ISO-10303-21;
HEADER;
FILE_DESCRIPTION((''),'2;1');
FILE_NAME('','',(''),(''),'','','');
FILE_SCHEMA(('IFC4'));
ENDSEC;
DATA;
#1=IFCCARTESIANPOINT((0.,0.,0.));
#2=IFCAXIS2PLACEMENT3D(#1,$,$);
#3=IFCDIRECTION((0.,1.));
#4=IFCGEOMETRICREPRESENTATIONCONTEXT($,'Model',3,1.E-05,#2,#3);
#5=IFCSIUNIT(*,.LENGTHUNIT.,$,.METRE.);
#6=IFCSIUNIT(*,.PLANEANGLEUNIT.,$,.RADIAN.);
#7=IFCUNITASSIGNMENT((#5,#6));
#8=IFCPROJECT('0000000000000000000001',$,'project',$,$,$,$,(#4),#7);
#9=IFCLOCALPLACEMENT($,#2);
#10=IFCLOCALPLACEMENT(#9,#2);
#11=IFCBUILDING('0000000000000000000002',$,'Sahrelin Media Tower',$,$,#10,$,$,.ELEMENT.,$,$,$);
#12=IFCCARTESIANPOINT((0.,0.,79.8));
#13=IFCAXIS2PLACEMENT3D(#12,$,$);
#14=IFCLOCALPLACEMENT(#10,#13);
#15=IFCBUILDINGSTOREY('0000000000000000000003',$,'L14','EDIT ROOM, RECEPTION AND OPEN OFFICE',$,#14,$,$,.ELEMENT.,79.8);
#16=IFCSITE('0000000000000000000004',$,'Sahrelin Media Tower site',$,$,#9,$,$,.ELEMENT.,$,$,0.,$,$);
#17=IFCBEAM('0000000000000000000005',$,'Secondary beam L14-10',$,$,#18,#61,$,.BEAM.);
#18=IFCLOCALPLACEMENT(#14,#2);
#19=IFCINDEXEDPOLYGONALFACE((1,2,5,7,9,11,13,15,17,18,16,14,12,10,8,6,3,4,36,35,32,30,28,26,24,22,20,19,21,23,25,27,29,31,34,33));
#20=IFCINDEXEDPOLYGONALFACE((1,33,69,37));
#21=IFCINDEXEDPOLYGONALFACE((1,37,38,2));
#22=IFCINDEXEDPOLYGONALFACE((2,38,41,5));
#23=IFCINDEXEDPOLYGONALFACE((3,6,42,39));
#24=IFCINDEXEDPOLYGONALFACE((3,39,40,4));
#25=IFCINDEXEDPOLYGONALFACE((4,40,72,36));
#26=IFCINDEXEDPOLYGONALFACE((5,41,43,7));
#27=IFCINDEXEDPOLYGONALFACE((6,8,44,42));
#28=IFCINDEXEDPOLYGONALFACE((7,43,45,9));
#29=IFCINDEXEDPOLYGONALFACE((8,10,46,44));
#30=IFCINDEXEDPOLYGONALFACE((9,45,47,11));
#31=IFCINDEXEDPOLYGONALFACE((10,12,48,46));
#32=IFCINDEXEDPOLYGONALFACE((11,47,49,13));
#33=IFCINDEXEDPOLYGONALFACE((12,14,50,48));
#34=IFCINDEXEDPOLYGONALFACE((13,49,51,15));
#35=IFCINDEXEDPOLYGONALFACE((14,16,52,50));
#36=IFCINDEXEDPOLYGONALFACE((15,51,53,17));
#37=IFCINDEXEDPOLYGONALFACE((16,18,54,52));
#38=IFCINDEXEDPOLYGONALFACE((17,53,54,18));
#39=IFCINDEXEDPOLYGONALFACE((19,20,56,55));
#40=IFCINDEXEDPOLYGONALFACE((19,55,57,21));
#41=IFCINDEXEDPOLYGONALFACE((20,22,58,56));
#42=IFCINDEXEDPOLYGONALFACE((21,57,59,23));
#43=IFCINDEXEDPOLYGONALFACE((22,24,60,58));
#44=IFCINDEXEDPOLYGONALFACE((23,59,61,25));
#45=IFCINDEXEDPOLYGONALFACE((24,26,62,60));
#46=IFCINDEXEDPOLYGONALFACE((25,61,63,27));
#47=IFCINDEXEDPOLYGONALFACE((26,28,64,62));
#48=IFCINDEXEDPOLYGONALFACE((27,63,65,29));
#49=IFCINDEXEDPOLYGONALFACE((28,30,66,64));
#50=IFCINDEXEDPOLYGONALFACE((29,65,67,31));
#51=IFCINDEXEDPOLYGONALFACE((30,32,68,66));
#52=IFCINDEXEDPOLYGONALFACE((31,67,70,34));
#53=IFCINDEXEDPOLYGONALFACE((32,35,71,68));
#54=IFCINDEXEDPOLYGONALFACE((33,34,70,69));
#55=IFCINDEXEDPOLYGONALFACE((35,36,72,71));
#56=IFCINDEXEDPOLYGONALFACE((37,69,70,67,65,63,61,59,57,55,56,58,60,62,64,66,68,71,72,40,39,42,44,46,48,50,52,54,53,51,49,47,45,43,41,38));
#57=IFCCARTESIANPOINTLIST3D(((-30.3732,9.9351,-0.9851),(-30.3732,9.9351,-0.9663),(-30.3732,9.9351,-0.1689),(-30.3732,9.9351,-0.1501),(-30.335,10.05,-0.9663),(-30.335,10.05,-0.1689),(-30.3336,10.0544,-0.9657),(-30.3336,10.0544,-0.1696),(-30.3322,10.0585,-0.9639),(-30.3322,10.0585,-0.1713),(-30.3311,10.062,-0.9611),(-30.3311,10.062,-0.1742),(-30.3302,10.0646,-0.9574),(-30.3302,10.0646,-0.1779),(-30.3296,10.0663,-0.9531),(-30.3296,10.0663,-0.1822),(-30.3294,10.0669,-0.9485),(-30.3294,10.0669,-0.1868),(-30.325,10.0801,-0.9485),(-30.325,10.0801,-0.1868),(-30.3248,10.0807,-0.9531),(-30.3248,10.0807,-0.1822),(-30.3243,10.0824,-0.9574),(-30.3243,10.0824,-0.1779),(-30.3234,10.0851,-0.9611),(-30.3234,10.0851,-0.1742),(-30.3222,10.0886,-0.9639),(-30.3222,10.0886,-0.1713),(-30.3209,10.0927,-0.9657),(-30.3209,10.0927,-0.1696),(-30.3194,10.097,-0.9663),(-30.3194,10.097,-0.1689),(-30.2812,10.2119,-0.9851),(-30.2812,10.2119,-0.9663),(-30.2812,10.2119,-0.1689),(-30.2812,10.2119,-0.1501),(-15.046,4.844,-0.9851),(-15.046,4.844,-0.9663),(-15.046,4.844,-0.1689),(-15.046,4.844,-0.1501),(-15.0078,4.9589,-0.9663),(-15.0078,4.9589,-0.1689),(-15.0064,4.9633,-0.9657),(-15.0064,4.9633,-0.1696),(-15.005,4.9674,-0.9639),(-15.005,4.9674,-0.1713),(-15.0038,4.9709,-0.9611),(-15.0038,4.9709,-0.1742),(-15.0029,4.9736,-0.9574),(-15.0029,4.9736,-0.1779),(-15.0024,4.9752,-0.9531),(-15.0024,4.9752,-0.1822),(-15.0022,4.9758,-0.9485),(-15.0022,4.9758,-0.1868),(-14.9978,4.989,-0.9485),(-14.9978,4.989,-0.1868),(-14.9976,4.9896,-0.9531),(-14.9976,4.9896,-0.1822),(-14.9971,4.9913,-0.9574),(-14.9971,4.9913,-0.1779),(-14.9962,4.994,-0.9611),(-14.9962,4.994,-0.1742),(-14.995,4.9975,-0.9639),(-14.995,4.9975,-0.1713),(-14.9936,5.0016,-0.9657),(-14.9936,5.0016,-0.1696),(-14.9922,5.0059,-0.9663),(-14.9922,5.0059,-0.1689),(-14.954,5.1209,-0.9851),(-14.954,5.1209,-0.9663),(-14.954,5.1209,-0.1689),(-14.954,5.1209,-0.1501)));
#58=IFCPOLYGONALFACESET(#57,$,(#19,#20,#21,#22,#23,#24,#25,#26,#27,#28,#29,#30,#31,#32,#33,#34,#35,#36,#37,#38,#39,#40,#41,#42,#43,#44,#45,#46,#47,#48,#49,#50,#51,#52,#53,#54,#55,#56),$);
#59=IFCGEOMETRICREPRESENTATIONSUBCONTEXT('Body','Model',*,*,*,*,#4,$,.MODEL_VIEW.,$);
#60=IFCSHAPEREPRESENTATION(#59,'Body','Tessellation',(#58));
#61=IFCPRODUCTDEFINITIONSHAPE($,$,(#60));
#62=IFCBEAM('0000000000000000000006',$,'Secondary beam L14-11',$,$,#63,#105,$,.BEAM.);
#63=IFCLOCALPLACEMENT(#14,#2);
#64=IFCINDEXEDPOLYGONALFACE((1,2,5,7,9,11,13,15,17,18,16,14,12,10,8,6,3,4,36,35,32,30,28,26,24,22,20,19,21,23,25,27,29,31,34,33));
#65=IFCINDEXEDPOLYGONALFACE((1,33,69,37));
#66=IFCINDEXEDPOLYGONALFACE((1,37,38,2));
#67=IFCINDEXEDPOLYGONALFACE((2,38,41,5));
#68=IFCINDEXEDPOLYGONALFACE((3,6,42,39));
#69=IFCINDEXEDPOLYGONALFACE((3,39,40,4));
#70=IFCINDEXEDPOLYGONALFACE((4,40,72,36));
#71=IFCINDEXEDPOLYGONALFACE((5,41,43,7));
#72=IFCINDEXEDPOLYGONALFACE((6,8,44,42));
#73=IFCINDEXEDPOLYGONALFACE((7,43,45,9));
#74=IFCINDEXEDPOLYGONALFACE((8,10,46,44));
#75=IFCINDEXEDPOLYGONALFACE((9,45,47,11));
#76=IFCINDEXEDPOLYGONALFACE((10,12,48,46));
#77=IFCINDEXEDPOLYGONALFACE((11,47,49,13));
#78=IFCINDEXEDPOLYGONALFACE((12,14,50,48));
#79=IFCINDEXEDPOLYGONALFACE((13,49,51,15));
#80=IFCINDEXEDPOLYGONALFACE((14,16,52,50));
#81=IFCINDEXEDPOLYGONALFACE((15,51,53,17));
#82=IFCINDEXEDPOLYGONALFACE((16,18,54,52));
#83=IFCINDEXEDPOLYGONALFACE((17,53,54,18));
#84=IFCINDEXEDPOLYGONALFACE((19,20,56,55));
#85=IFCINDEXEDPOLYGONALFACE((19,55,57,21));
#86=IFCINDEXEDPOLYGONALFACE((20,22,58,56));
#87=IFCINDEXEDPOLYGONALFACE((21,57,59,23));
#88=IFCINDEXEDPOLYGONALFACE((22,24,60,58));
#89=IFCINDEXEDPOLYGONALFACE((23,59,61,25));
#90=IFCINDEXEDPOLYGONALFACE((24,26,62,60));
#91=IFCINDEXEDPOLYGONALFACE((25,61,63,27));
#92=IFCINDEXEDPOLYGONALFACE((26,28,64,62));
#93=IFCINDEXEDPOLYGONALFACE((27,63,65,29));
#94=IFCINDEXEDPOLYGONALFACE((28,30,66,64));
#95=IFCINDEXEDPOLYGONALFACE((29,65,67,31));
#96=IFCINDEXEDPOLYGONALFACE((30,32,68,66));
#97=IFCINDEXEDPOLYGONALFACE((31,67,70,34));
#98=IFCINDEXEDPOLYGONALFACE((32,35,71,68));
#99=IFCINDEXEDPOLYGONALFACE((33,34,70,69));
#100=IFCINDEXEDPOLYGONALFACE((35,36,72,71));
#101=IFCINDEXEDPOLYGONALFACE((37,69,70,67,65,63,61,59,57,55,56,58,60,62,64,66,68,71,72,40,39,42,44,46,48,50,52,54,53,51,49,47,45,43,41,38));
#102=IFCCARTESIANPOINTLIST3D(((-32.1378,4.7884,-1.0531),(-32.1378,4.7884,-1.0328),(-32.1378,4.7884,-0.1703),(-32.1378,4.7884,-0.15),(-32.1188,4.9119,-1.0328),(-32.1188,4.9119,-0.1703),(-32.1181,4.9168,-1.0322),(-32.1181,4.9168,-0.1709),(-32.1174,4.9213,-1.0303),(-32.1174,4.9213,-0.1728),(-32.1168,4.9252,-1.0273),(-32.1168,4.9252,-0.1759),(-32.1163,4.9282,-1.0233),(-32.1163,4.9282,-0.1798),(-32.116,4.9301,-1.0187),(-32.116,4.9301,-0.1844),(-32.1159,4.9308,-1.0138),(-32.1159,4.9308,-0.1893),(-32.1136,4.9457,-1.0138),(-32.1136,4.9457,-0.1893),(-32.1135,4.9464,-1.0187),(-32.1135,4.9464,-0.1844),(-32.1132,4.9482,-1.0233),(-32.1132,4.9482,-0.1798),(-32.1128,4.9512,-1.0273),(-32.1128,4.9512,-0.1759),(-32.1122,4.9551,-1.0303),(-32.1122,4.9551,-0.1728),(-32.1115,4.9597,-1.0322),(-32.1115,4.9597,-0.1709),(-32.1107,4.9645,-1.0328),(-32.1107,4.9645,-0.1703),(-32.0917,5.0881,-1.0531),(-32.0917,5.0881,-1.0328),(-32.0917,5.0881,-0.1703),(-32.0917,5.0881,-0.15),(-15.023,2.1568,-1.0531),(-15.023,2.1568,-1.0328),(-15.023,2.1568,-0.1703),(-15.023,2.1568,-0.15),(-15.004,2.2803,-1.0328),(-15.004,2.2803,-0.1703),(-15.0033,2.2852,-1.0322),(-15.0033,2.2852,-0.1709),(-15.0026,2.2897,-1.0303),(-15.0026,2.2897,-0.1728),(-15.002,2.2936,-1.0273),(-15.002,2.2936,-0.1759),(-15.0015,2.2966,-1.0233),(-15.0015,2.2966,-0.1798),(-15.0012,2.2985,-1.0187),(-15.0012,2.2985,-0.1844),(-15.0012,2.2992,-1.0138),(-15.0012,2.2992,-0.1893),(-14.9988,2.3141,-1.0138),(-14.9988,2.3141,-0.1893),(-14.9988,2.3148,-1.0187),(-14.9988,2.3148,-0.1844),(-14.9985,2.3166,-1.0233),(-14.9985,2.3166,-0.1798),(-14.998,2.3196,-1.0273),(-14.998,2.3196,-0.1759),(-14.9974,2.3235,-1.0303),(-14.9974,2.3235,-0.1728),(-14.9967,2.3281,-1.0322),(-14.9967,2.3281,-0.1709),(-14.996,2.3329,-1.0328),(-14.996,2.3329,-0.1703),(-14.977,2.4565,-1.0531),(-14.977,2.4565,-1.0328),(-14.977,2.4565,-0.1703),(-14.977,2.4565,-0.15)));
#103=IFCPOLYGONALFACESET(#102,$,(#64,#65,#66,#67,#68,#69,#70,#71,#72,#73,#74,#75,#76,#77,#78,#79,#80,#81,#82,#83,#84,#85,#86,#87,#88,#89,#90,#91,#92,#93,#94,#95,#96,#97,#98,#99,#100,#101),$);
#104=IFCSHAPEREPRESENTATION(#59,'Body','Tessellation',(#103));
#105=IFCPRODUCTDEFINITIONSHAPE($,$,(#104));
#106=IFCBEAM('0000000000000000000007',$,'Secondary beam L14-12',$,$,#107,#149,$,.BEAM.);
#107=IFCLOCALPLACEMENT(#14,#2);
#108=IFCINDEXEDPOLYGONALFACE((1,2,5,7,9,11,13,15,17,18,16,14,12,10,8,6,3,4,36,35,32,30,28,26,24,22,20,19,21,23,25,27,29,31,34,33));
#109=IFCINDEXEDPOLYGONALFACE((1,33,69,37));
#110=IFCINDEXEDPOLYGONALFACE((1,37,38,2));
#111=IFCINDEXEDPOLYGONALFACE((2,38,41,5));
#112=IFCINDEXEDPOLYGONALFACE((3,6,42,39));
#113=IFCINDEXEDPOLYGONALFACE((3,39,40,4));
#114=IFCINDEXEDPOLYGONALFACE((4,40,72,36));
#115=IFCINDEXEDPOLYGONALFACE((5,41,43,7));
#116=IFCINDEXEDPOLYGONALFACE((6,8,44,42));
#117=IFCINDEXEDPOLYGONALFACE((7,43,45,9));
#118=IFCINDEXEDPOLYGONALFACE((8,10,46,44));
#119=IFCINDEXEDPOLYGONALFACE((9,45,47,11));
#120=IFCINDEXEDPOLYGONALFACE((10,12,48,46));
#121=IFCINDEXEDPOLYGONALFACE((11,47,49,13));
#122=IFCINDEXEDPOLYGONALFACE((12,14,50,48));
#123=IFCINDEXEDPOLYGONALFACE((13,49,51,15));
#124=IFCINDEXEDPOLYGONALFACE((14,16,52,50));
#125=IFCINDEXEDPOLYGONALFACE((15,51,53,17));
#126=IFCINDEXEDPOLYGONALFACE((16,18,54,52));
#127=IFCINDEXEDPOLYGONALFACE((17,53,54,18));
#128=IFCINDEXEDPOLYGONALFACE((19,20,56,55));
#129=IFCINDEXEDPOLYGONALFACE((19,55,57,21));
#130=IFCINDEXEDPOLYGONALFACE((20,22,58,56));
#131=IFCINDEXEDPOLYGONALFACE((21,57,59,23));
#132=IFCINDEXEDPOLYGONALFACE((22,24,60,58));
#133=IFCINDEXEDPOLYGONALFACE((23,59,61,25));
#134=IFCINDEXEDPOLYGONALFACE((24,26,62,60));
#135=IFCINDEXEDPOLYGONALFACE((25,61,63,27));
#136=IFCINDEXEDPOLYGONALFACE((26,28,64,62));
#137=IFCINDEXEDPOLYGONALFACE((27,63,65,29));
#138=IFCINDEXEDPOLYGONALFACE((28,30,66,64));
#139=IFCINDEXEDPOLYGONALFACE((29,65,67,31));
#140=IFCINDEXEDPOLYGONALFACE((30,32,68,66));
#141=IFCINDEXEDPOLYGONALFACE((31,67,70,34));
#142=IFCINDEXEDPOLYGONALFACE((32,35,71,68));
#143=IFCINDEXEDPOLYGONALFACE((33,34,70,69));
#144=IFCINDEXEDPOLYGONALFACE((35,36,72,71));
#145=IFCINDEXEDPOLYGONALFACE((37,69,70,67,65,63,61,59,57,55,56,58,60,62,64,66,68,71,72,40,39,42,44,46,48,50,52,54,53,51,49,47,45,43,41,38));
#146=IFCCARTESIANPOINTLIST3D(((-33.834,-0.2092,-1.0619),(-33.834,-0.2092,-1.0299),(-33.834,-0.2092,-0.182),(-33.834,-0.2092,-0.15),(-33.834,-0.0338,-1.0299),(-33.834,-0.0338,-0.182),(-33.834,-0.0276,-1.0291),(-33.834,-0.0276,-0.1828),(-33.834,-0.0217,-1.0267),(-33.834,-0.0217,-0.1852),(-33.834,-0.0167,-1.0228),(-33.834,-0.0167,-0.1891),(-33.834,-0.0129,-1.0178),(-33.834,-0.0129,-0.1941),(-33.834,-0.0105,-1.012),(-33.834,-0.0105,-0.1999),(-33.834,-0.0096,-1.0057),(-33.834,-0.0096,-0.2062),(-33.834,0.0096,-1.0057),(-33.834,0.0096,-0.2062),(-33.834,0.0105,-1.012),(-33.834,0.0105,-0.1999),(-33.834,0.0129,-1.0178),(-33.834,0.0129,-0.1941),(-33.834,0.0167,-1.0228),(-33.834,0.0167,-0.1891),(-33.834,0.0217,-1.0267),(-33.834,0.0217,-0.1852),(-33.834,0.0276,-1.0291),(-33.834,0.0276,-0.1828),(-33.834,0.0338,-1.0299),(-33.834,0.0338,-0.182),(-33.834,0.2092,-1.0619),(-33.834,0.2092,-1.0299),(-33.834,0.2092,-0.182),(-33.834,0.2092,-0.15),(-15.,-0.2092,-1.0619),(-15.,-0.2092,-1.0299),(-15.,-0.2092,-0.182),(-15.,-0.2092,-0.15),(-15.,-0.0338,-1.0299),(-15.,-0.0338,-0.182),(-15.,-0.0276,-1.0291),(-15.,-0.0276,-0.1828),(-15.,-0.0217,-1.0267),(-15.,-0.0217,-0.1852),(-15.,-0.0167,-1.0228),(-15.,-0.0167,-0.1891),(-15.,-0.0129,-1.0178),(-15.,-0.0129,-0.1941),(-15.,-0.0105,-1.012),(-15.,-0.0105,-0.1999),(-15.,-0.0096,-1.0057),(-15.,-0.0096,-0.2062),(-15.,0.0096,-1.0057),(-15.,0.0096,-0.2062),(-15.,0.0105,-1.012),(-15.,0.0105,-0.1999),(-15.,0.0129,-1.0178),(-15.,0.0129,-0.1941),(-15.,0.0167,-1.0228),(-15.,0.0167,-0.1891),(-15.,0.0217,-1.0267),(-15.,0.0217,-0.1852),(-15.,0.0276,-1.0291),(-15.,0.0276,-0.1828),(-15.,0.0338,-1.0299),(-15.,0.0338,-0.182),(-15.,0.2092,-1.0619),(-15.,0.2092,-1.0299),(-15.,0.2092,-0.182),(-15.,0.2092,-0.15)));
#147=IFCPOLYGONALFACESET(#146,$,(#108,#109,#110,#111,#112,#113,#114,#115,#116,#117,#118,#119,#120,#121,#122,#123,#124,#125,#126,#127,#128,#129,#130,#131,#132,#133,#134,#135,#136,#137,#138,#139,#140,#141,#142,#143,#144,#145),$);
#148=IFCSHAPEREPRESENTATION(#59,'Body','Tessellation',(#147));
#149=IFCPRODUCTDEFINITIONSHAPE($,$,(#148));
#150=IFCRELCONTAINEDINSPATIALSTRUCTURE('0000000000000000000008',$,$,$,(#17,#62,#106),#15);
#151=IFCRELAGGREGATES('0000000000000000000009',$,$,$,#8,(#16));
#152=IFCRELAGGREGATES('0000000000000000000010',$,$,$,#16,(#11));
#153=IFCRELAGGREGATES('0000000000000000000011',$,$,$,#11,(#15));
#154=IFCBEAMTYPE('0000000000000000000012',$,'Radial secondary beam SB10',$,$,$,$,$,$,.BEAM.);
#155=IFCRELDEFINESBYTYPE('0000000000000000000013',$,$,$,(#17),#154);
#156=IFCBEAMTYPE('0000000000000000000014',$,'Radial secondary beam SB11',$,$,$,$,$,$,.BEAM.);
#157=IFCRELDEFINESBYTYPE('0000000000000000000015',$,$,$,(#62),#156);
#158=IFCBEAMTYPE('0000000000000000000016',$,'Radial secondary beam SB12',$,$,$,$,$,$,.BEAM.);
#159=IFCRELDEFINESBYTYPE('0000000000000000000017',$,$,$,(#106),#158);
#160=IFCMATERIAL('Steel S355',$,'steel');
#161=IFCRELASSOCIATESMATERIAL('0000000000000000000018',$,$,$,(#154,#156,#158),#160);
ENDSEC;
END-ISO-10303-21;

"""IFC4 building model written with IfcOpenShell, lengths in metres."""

from ifc_helpers import new_model, si_unit, direction, frame, origin, origin_2d, place, context, subcontext, project, spatial, i_section, extrude, material, material_profile, profile_set, type_object, element, save


model = new_model("IFC4")

# Units and contexts
model_context = context("Model", 3, precision=1e-05, world=origin(), true_north=direction((0.0, 1.0)))
body_context = subcontext(model_context, "Body", "Model", "MODEL_VIEW")
ifc_project = project(units=[si_unit("LENGTHUNIT", "METRE"), si_unit("PLANEANGLEUNIT", "RADIAN")], contexts=[model_context])

# Site, building, storey
site_placement = place(None, origin())
site = spatial("IfcSite", under=ifc_project, at=site_placement, Name="Sahrelin Media Tower site", CompositionType="ELEMENT", RefElevation=0.0)
building_placement = place(site_placement, origin())
building = spatial("IfcBuilding", under=site, at=building_placement, Name="Sahrelin Media Tower", CompositionType="ELEMENT")
storey_placement = place(building_placement, frame((0.0, 0.0, 79.8)))
storey = spatial("IfcBuildingStorey", under=building, at=storey_placement, Name="L14", Description="EDIT ROOM, RECEPTION AND OPEN OFFICE", CompositionType="ELEMENT", Elevation=79.8)

# Beams
ifc_material_1 = material(Name="Steel S355", Category="steel")
ifc_material_profile_1 = material_profile(ifc_material_1, i_section(OverallWidth=0.2917, OverallDepth=0.835, WebThickness=0.0139, FlangeThickness=0.0188, FilletRadius=0.0178, at=origin_2d()), Name="UB 838x292x176")
ifc_profile_set_1 = profile_set([ifc_material_profile_1], Name="Steel S355")
beam_type_1 = type_object("IfcBeamType", Name="Radial secondary beam SB10", PredefinedType="BEAM", material=ifc_profile_set_1)
beam_1_placement = place(storey_placement, frame((-15.0, 4.9824, -0.5676), z_axis=(-0.949017, 0.315225, 0.0), x_axis=(-0.315225, -0.949017, 0.0)))
element("IfcBeam", 1, at=beam_1_placement, inside=storey, type_object=beam_type_1, Name="Secondary beam L14-10", PredefinedType="BEAM", context=body_context, shape_type="SweptSolid", body=[
    extrude(i_section(OverallWidth=0.2917, OverallDepth=0.835, WebThickness=0.0139, FlangeThickness=0.0188, FilletRadius=0.0178, at=origin_2d()), origin(), (0.0, 0.0, 1.0), 16.1506),
])
ifc_material_profile_2 = material_profile(ifc_material_1, i_section(OverallWidth=0.3032, OverallDepth=0.9031, WebThickness=0.0151, FlangeThickness=0.0203, FilletRadius=0.019, at=origin_2d()), Name="UB 914x305x201")
ifc_profile_set_2 = profile_set([ifc_material_profile_2], Name="Steel S355")
beam_type_2 = type_object("IfcBeamType", Name="Radial secondary beam SB11", PredefinedType="BEAM", material=ifc_profile_set_2)
beam_2_placement = place(storey_placement, frame((-15.0, 2.3066, -0.6016), z_axis=(-0.988384, 0.151976, 0.0), x_axis=(-0.151976, -0.988384, 0.0)))
element("IfcBeam", 2, at=beam_2_placement, inside=storey, type_object=beam_type_2, Name="Secondary beam L14-11", PredefinedType="BEAM", context=body_context, shape_type="SweptSolid", body=[
    extrude(i_section(OverallWidth=0.3032, OverallDepth=0.9031, WebThickness=0.0151, FlangeThickness=0.0203, FilletRadius=0.019, at=origin_2d()), origin(), (0.0, 0.0, 1.0), 17.3159),
])
ifc_material_profile_3 = material_profile(ifc_material_1, i_section(OverallWidth=0.4185, OverallDepth=0.9119, WebThickness=0.0193, FlangeThickness=0.032, FilletRadius=0.0242, at=origin_2d()), Name="UB 914x419x343")
ifc_profile_set_3 = profile_set([ifc_material_profile_3], Name="Steel S355")
beam_type_3 = type_object("IfcBeamType", Name="Radial secondary beam SB12", PredefinedType="BEAM", material=ifc_profile_set_3)
beam_3_placement = place(storey_placement, frame((-15.0, 0.0, -0.606), z_axis=(-1.0, 0.0, 0.0), x_axis=(0.0, -1.0, 0.0)))
element("IfcBeam", 3, at=beam_3_placement, inside=storey, type_object=beam_type_3, Name="Secondary beam L14-12", PredefinedType="BEAM", context=body_context, shape_type="SweptSolid", body=[
    extrude(i_section(OverallWidth=0.4185, OverallDepth=0.9119, WebThickness=0.0193, FlangeThickness=0.032, FilletRadius=0.0242, at=origin_2d()), origin(), (0.0, 0.0, 1.0), 18.834),
])

save(model, "model.ifc")
